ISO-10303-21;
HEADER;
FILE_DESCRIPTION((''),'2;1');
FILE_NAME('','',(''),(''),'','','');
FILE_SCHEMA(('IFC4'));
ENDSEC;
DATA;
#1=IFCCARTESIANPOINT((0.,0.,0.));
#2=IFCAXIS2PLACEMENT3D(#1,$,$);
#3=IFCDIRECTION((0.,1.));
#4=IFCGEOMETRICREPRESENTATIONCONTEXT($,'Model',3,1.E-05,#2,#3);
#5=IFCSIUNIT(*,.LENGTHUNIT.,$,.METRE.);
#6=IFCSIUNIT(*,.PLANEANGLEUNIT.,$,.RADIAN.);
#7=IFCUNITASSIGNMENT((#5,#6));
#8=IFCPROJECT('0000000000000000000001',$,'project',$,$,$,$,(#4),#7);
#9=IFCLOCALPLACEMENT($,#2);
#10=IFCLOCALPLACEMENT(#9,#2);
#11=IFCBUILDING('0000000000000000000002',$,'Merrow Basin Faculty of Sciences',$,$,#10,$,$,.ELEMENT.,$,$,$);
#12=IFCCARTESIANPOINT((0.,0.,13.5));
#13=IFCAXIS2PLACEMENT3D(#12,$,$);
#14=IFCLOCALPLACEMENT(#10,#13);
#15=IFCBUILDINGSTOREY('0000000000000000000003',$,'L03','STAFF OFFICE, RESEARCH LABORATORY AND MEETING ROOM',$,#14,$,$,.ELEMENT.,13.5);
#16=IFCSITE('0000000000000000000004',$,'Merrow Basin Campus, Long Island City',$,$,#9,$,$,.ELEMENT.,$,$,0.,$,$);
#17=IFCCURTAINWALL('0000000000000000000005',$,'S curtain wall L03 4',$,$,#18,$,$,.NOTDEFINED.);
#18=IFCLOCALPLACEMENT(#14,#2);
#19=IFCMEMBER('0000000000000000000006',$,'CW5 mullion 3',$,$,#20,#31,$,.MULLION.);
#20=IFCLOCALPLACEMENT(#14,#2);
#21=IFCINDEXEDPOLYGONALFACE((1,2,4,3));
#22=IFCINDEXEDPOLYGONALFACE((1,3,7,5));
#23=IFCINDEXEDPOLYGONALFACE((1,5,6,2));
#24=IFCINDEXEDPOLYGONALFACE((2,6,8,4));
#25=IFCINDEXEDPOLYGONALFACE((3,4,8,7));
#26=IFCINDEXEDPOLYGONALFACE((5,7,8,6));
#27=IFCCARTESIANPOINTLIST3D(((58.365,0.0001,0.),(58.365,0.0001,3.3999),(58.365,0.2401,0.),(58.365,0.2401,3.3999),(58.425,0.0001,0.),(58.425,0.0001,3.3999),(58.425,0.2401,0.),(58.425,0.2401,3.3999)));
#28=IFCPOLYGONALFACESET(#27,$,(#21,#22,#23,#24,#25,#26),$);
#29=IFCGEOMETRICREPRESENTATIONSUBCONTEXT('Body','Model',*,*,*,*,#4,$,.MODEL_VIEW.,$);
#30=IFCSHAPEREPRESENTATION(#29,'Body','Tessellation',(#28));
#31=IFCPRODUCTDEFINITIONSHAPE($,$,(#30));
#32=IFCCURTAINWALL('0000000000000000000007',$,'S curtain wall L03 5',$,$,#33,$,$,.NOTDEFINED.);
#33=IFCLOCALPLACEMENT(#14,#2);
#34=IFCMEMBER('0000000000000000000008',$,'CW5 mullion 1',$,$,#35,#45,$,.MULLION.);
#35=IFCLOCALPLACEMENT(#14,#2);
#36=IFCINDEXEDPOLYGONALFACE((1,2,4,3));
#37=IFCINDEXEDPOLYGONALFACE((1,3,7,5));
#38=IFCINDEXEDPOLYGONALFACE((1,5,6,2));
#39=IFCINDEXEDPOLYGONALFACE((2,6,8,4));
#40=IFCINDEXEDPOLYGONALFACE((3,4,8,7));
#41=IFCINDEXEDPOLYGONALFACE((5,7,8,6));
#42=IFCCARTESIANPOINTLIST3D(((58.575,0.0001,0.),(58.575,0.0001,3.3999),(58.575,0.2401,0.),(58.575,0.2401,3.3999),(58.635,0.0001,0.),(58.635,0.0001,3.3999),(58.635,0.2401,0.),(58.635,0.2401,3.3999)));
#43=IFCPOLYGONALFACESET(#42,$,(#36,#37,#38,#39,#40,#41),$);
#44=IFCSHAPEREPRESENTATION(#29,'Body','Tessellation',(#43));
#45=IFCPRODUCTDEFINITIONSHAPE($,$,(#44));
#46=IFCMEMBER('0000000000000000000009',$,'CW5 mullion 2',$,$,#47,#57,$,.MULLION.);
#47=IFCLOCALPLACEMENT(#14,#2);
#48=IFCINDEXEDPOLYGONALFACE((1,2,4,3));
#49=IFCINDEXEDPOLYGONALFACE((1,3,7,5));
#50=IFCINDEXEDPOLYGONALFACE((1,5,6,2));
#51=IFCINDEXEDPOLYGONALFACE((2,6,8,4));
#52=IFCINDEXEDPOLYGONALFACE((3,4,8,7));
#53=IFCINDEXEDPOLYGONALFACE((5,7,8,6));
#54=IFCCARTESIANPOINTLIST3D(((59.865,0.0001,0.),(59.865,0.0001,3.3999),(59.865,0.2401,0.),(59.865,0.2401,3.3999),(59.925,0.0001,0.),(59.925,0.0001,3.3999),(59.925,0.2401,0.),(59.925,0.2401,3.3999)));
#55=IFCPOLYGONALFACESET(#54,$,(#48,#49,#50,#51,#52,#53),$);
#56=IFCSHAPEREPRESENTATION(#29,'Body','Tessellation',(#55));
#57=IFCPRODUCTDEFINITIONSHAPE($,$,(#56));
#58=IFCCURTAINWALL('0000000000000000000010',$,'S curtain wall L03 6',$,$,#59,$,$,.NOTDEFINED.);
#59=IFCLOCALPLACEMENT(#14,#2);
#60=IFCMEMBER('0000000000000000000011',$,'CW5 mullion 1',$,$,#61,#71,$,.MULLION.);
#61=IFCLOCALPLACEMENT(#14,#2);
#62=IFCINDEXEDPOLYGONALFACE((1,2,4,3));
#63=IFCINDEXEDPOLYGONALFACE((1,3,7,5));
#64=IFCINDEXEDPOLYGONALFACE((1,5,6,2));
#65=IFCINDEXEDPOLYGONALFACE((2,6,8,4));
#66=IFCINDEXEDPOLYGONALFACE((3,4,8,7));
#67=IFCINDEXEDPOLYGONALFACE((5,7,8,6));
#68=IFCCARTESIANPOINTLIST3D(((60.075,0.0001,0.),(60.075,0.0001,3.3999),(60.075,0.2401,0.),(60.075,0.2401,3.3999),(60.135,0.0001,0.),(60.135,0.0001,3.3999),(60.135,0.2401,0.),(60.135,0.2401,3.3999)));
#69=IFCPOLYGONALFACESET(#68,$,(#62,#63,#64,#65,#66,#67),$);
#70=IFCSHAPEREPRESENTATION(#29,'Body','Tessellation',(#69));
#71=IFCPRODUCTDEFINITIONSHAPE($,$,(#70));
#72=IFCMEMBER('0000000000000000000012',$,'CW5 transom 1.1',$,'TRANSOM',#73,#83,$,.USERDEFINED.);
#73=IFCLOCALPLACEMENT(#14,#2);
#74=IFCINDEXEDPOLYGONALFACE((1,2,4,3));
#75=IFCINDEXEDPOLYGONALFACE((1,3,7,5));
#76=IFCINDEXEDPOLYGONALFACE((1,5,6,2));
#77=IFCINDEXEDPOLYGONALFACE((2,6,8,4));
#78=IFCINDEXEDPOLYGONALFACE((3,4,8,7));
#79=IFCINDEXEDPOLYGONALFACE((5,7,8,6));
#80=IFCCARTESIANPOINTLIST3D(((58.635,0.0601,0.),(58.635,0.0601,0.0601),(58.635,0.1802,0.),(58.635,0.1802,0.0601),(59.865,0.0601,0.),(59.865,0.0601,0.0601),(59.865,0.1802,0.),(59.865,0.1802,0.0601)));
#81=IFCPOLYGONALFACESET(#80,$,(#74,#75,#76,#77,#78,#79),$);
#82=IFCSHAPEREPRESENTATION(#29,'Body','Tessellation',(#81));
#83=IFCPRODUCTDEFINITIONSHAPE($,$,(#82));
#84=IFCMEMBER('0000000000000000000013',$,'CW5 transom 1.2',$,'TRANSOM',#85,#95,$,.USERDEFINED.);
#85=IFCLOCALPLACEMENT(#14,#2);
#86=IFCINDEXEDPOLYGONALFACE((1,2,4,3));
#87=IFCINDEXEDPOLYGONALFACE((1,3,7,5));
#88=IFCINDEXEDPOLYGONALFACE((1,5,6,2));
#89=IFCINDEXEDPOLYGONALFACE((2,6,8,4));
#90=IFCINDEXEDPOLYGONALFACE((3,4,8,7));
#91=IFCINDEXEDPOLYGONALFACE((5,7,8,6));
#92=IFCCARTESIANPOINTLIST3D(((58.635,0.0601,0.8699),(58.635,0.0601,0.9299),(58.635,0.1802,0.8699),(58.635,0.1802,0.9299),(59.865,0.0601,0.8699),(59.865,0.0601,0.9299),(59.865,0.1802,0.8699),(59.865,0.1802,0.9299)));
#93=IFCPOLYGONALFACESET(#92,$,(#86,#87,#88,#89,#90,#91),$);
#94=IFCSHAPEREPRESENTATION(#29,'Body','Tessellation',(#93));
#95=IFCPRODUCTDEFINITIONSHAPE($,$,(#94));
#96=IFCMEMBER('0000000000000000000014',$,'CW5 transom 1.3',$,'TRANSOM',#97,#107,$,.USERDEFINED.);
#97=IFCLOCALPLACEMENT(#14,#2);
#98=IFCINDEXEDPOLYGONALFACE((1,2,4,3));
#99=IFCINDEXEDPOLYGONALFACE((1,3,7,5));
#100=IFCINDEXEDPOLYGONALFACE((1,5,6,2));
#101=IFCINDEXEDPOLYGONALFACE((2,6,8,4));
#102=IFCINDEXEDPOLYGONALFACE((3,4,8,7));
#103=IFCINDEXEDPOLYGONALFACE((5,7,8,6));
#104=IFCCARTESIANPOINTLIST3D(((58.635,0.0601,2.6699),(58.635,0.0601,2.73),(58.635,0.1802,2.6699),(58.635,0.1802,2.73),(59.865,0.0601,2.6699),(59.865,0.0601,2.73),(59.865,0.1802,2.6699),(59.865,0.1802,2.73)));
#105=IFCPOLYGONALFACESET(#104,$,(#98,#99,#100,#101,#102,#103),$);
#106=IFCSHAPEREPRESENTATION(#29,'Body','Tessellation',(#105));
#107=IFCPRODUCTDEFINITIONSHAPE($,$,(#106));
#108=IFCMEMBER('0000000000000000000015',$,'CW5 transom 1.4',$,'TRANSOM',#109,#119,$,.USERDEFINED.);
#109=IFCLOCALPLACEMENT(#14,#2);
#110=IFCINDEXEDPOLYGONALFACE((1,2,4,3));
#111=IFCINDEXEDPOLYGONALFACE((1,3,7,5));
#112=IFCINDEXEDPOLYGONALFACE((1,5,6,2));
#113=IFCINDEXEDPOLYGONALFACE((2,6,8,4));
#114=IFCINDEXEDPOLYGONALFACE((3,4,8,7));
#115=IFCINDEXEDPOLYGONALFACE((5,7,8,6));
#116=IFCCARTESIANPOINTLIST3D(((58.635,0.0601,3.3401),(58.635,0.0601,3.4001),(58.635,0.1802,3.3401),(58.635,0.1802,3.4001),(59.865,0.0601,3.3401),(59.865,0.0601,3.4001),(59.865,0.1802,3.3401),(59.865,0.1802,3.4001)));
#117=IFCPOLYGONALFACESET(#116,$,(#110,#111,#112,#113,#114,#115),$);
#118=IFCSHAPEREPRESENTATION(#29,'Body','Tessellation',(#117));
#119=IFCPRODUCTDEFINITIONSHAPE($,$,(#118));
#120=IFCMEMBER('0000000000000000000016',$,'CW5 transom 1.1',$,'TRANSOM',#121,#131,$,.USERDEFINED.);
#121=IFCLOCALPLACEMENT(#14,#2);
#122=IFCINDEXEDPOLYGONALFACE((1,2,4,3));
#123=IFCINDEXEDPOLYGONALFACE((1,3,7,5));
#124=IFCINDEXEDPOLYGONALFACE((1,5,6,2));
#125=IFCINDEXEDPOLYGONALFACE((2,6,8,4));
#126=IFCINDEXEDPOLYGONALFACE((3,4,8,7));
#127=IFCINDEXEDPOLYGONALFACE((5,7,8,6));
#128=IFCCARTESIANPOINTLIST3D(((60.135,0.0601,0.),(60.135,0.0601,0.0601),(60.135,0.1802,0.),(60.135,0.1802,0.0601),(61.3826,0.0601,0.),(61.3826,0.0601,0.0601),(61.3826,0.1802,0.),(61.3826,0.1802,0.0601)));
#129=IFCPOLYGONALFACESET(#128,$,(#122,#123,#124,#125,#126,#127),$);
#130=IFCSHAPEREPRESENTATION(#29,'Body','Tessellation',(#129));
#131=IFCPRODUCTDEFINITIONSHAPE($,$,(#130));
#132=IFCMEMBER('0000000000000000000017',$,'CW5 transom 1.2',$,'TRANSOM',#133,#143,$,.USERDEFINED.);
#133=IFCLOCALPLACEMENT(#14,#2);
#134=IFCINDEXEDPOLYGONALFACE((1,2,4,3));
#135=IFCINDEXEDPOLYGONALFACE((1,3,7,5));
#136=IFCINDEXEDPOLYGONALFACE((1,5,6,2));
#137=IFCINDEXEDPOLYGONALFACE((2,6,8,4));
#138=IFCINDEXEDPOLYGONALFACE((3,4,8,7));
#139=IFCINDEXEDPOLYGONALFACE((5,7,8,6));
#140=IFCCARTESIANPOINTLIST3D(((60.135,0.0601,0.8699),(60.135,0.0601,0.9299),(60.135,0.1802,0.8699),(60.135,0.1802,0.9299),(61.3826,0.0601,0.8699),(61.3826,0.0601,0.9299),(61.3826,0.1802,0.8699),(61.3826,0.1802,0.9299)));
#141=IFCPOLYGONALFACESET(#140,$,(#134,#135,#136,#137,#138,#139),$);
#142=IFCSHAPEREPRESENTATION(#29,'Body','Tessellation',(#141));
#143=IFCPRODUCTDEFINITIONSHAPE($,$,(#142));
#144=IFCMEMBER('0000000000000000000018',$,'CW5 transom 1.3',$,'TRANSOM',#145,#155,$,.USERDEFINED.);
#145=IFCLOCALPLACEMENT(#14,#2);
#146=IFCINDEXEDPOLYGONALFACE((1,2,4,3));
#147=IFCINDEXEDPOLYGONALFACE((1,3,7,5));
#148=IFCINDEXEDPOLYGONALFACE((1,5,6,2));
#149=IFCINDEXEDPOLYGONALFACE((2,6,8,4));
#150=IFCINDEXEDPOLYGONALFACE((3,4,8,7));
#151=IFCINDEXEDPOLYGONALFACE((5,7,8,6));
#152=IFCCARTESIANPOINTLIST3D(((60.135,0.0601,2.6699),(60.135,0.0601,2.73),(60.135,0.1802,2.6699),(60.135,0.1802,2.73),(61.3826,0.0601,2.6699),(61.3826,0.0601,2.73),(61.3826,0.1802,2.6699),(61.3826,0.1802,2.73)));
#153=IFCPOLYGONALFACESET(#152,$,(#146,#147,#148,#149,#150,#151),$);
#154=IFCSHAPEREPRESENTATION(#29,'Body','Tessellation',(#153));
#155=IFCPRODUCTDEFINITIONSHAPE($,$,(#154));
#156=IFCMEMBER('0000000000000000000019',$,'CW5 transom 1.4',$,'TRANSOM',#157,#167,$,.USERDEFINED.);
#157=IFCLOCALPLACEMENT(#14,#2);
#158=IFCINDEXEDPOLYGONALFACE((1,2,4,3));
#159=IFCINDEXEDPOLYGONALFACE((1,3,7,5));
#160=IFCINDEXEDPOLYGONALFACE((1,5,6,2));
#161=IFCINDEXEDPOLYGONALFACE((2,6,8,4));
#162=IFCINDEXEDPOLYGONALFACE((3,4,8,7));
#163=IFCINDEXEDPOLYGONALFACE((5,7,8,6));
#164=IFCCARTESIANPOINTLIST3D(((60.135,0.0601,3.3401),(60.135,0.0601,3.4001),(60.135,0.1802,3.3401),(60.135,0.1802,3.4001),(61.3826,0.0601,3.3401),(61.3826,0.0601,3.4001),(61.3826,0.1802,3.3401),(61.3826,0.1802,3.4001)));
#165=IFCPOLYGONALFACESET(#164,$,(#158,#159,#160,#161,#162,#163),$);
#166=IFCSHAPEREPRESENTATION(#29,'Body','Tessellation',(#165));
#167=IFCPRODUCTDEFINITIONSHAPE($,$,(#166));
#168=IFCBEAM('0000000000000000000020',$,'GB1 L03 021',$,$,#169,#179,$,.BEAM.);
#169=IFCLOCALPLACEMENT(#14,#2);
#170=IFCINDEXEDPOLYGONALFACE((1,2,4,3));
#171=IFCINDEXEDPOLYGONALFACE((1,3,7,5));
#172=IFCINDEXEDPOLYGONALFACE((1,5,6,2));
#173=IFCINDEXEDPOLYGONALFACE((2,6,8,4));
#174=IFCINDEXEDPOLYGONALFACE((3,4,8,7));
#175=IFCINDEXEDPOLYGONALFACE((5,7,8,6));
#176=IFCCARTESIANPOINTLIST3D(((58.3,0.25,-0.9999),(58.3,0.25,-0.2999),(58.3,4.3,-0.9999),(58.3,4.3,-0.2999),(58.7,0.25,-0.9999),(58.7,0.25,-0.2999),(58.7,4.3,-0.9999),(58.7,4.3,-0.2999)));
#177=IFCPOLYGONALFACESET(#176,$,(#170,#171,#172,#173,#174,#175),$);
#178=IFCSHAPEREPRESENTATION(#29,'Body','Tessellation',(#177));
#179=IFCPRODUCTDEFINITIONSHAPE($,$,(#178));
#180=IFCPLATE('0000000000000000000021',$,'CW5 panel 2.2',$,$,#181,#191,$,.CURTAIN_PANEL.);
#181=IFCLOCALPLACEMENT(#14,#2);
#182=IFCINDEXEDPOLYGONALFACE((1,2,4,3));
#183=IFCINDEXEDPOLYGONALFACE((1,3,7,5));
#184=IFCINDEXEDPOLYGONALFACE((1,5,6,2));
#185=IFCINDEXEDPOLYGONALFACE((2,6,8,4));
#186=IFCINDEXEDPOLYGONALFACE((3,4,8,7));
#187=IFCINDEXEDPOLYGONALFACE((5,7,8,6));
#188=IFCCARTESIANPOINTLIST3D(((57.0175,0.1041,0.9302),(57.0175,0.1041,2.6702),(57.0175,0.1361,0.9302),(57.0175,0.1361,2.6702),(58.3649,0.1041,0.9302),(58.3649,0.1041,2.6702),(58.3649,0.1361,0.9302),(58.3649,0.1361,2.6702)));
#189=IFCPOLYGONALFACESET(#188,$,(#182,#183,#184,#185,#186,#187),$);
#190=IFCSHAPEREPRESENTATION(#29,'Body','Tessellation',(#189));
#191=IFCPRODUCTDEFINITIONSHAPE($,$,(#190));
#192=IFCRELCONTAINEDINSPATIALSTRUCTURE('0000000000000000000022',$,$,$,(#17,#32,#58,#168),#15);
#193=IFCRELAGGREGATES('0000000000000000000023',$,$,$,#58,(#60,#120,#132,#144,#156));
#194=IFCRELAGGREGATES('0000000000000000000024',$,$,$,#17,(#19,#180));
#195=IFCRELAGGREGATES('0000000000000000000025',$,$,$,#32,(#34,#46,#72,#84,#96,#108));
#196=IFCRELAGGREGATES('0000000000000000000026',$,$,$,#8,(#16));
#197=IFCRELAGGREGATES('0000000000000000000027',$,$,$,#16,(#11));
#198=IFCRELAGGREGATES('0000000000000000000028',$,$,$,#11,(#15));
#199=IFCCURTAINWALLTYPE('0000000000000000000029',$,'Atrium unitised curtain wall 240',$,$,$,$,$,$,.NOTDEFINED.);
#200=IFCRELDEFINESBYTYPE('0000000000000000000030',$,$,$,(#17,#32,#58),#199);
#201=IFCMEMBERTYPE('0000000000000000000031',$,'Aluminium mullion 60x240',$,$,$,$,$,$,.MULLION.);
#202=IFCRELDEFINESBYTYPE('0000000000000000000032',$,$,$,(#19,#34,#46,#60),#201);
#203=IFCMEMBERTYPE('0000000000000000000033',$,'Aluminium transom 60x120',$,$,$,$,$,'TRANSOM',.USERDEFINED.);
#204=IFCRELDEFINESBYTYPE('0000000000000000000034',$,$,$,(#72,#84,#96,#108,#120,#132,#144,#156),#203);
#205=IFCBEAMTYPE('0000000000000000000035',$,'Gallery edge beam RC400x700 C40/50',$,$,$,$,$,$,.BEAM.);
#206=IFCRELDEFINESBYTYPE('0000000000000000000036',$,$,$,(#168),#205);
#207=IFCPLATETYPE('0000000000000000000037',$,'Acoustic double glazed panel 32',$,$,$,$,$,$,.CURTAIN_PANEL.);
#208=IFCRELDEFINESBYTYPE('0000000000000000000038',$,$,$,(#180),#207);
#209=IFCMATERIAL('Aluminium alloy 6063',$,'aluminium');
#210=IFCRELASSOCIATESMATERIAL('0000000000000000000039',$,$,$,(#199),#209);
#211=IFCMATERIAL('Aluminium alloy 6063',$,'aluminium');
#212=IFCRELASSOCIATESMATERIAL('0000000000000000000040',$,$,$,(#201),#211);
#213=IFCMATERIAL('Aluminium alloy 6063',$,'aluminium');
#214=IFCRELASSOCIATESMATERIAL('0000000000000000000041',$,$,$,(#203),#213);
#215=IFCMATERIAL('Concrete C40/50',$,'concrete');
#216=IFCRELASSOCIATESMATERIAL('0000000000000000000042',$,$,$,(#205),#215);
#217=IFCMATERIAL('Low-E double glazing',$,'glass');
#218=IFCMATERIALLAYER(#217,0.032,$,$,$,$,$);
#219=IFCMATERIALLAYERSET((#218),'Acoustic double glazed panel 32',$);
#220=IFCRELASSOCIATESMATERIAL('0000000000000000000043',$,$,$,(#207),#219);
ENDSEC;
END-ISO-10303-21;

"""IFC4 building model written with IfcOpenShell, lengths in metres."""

from ifc_helpers import new_model, si_unit, direction, frame, origin, origin_2d, place, context, subcontext, project, spatial, rectangle, extrude, material, layer, layer_set, material_profile, profile_set, type_object, element, aggregate, save


model = new_model("IFC4")

# Units and contexts
model_context = context("Model", 3, precision=1e-05, world=origin(), true_north=direction((0.0, 1.0)))
body_context = subcontext(model_context, "Body", "Model", "MODEL_VIEW")
ifc_project = project(units=[si_unit("LENGTHUNIT", "METRE"), si_unit("PLANEANGLEUNIT", "RADIAN")], contexts=[model_context])

# Site, building, storey
site_placement = place(None, origin())
site = spatial("IfcSite", under=ifc_project, at=site_placement, Name="Merrow Basin Campus, Long Island City", CompositionType="ELEMENT", RefElevation=0.0)
building_placement = place(site_placement, origin())
building = spatial("IfcBuilding", under=site, at=building_placement, Name="Merrow Basin Faculty of Sciences", CompositionType="ELEMENT")
storey_placement = place(building_placement, frame((0.0, 0.0, 13.5)))
storey = spatial("IfcBuildingStorey", under=building, at=storey_placement, Name="L03", Description="STAFF OFFICE, RESEARCH LABORATORY AND MEETING ROOM", CompositionType="ELEMENT", Elevation=13.5)

# Curtain wall, member
ifc_material_1 = material(Name="Aluminium alloy 6063", Category="aluminium")
curtain_wall_type = type_object("IfcCurtainWallType", Name="Atrium unitised curtain wall 240", PredefinedType="NOTDEFINED", material=ifc_material_1)
curtain_wall_1_placement = place(storey_placement, origin())
curtain_wall_1 = element("IfcCurtainWall", 1, at=curtain_wall_1_placement, inside=storey, type_object=curtain_wall_type, Name="S curtain wall L03 4", PredefinedType="NOTDEFINED")
ifc_material_2 = material(Name="Aluminium alloy 6063", Category="aluminium")
ifc_material_profile_1 = material_profile(ifc_material_2, rectangle(XDim=0.24, YDim=0.0601, at=origin_2d()))
ifc_profile_set_1 = profile_set([ifc_material_profile_1], Name="Aluminium alloy 6063")
member_type_1 = type_object("IfcMemberType", Name="Aluminium mullion 60x240", PredefinedType="MULLION", material=ifc_profile_set_1)
member_1_placement = place(storey_placement, frame((58.395, 0.1201, 0.0), z_axis=(0.0, 0.0, 1.0), x_axis=(0.0, 1.0, 0.0)))
member_1 = element("IfcMember", 2, at=member_1_placement, type_object=member_type_1, Name="CW5 mullion 3", PredefinedType="MULLION", context=body_context, shape_type="SweptSolid", body=[
    extrude(rectangle(XDim=0.24, YDim=0.0601, at=origin_2d()), origin(), (0.0, 0.0, 1.0), 3.3999),
])

# Curtain wall, members
curtain_wall_2_placement = place(storey_placement, origin())
curtain_wall_2 = element("IfcCurtainWall", 3, at=curtain_wall_2_placement, inside=storey, type_object=curtain_wall_type, Name="S curtain wall L03 5", PredefinedType="NOTDEFINED")
member_2_placement = place(storey_placement, frame((58.605, 0.1201, 0.0), z_axis=(0.0, 0.0, 1.0), x_axis=(0.0, 1.0, 0.0)))
member_2 = element("IfcMember", 4, at=member_2_placement, type_object=member_type_1, Name="CW5 mullion 1", PredefinedType="MULLION", context=body_context, shape_type="SweptSolid", body=[
    extrude(rectangle(XDim=0.24, YDim=0.0601, at=origin_2d()), origin(), (0.0, 0.0, 1.0), 3.3999),
])
member_3_placement = place(storey_placement, frame((59.895, 0.1201, 0.0), z_axis=(0.0, 0.0, 1.0), x_axis=(0.0, 1.0, 0.0)))
member_3 = element("IfcMember", 5, at=member_3_placement, type_object=member_type_1, Name="CW5 mullion 2", PredefinedType="MULLION", context=body_context, shape_type="SweptSolid", body=[
    extrude(rectangle(XDim=0.24, YDim=0.0601, at=origin_2d()), origin(), (0.0, 0.0, 1.0), 3.3999),
])

# Curtain wall, member
curtain_wall_3_placement = place(storey_placement, origin())
curtain_wall_3 = element("IfcCurtainWall", 6, at=curtain_wall_3_placement, inside=storey, type_object=curtain_wall_type, Name="S curtain wall L03 6", PredefinedType="NOTDEFINED")
member_4_placement = place(storey_placement, frame((60.105, 0.1201, 0.0), z_axis=(0.0, 0.0, 1.0), x_axis=(0.0, 1.0, 0.0)))
member_4 = element("IfcMember", 7, at=member_4_placement, type_object=member_type_1, Name="CW5 mullion 1", PredefinedType="MULLION", context=body_context, shape_type="SweptSolid", body=[
    extrude(rectangle(XDim=0.24, YDim=0.0601, at=origin_2d()), origin(), (0.0, 0.0, 1.0), 3.3999),
])

# Members
ifc_material_3 = material(Name="Aluminium alloy 6063", Category="aluminium")
ifc_material_profile_2 = material_profile(ifc_material_3, rectangle(XDim=0.1201, YDim=0.0601, at=origin_2d()))
ifc_profile_set_2 = profile_set([ifc_material_profile_2], Name="Aluminium alloy 6063")
member_type_2 = type_object("IfcMemberType", Name="Aluminium transom 60x120", ElementType="TRANSOM", PredefinedType="USERDEFINED", material=ifc_profile_set_2)
member_5_placement = place(storey_placement, frame((58.635, 0.1201, 0.03), z_axis=(1.0, 0.0, 0.0), x_axis=(0.0, 1.0, 0.0)))
member_5 = element("IfcMember", 8, at=member_5_placement, type_object=member_type_2, Name="CW5 transom 1.1", ObjectType="TRANSOM", PredefinedType="USERDEFINED", context=body_context, shape_type="SweptSolid", body=[
    extrude(rectangle(XDim=0.1201, YDim=0.0601, at=origin_2d()), origin(), (0.0, 0.0, 1.0), 1.23),
])
member_6_placement = place(storey_placement, frame((58.635, 0.1201, 0.8999), z_axis=(1.0, 0.0, 0.0), x_axis=(0.0, 1.0, 0.0)))
member_6 = element("IfcMember", 9, at=member_6_placement, type_object=member_type_2, Name="CW5 transom 1.2", ObjectType="TRANSOM", PredefinedType="USERDEFINED", context=body_context, shape_type="SweptSolid", body=[
    extrude(rectangle(XDim=0.1201, YDim=0.0601, at=origin_2d()), origin(), (0.0, 0.0, 1.0), 1.23),
])
member_7_placement = place(storey_placement, frame((58.635, 0.1201, 2.7), z_axis=(1.0, 0.0, 0.0), x_axis=(0.0, 1.0, 0.0)))
member_7 = element("IfcMember", 10, at=member_7_placement, type_object=member_type_2, Name="CW5 transom 1.3", ObjectType="TRANSOM", PredefinedType="USERDEFINED", context=body_context, shape_type="SweptSolid", body=[
    extrude(rectangle(XDim=0.1201, YDim=0.0601, at=origin_2d()), origin(), (0.0, 0.0, 1.0), 1.23),
])
member_8_placement = place(storey_placement, frame((58.635, 0.1201, 3.3701), z_axis=(1.0, 0.0, 0.0), x_axis=(0.0, 1.0, 0.0)))
member_8 = element("IfcMember", 11, at=member_8_placement, type_object=member_type_2, Name="CW5 transom 1.4", ObjectType="TRANSOM", PredefinedType="USERDEFINED", context=body_context, shape_type="SweptSolid", body=[
    extrude(rectangle(XDim=0.1201, YDim=0.0601, at=origin_2d()), origin(), (0.0, 0.0, 1.0), 1.23),
])
member_9_placement = place(storey_placement, frame((60.135, 0.1201, 0.03), z_axis=(1.0, 0.0, 0.0), x_axis=(0.0, 1.0, 0.0)))
member_9 = element("IfcMember", 12, at=member_9_placement, type_object=member_type_2, Name="CW5 transom 1.1", ObjectType="TRANSOM", PredefinedType="USERDEFINED", context=body_context, shape_type="SweptSolid", body=[
    extrude(rectangle(XDim=0.1201, YDim=0.0601, at=origin_2d()), origin(), (0.0, 0.0, 1.0), 1.2476),
])
member_10_placement = place(storey_placement, frame((60.135, 0.1201, 0.8999), z_axis=(1.0, 0.0, 0.0), x_axis=(0.0, 1.0, 0.0)))
member_10 = element("IfcMember", 13, at=member_10_placement, type_object=member_type_2, Name="CW5 transom 1.2", ObjectType="TRANSOM", PredefinedType="USERDEFINED", context=body_context, shape_type="SweptSolid", body=[
    extrude(rectangle(XDim=0.1201, YDim=0.0601, at=origin_2d()), origin(), (0.0, 0.0, 1.0), 1.2476),
])
member_11_placement = place(storey_placement, frame((60.135, 0.1201, 2.7), z_axis=(1.0, 0.0, 0.0), x_axis=(0.0, 1.0, 0.0)))
member_11 = element("IfcMember", 14, at=member_11_placement, type_object=member_type_2, Name="CW5 transom 1.3", ObjectType="TRANSOM", PredefinedType="USERDEFINED", context=body_context, shape_type="SweptSolid", body=[
    extrude(rectangle(XDim=0.1201, YDim=0.0601, at=origin_2d()), origin(), (0.0, 0.0, 1.0), 1.2476),
])
member_12_placement = place(storey_placement, frame((60.135, 0.1201, 3.3701), z_axis=(1.0, 0.0, 0.0), x_axis=(0.0, 1.0, 0.0)))
member_12 = element("IfcMember", 15, at=member_12_placement, type_object=member_type_2, Name="CW5 transom 1.4", ObjectType="TRANSOM", PredefinedType="USERDEFINED", context=body_context, shape_type="SweptSolid", body=[
    extrude(rectangle(XDim=0.1201, YDim=0.0601, at=origin_2d()), origin(), (0.0, 0.0, 1.0), 1.2476),
])
aggregate(curtain_wall_3, [member_4, member_9, member_10, member_11, member_12])

# Beam
ifc_material_4 = material(Name="Concrete C40/50", Category="concrete")
ifc_material_profile_3 = material_profile(ifc_material_4, rectangle(XDim=0.3999, YDim=0.7, at=origin_2d()))
ifc_profile_set_3 = profile_set([ifc_material_profile_3], Name="Concrete C40/50")
beam_type = type_object("IfcBeamType", Name="Gallery edge beam RC400x700 C40/50", PredefinedType="BEAM", material=ifc_profile_set_3)
beam_placement = place(storey_placement, frame((58.5, 0.25, -0.6499), z_axis=(0.0, 1.0, 0.0), x_axis=(-1.0, 0.0, 0.0)))
element("IfcBeam", 16, at=beam_placement, inside=storey, type_object=beam_type, Name="GB1 L03 021", PredefinedType="BEAM", context=body_context, shape_type="SweptSolid", body=[
    extrude(rectangle(XDim=0.3999, YDim=0.7, at=origin_2d()), origin(), (0.0, 0.0, 1.0), 4.05),
])

# Plate
ifc_material_5 = material(Name="Low-E double glazing", Category="glass")
ifc_layer_1 = layer(ifc_material_5, 0.032)
ifc_layer_set_1 = layer_set([ifc_layer_1], Name="Acoustic double glazed panel 32")
plate_type_1 = type_object("IfcPlateType", Name="Acoustic double glazed panel 32", PredefinedType="CURTAIN_PANEL", material=ifc_layer_set_1)
plate_1_placement = place(storey_placement, frame((57.6912, 0.1201, 0.9302), z_axis=(0.0, 0.0, 1.0), x_axis=(1.0, 0.0, 0.0)))
plate_1 = element("IfcPlate", 17, at=plate_1_placement, type_object=plate_type_1, Name="CW5 panel 2.2", PredefinedType="CURTAIN_PANEL", context=body_context, shape_type="SweptSolid", body=[
    extrude(rectangle(XDim=1.3474, YDim=0.032, at=origin_2d()), origin(), (0.0, 0.0, 1.0), 1.74),
])
aggregate(curtain_wall_1, [member_1, plate_1])
aggregate(curtain_wall_2, [member_2, member_3, member_5, member_6, member_7, member_8])

save(model, "model.ifc")
